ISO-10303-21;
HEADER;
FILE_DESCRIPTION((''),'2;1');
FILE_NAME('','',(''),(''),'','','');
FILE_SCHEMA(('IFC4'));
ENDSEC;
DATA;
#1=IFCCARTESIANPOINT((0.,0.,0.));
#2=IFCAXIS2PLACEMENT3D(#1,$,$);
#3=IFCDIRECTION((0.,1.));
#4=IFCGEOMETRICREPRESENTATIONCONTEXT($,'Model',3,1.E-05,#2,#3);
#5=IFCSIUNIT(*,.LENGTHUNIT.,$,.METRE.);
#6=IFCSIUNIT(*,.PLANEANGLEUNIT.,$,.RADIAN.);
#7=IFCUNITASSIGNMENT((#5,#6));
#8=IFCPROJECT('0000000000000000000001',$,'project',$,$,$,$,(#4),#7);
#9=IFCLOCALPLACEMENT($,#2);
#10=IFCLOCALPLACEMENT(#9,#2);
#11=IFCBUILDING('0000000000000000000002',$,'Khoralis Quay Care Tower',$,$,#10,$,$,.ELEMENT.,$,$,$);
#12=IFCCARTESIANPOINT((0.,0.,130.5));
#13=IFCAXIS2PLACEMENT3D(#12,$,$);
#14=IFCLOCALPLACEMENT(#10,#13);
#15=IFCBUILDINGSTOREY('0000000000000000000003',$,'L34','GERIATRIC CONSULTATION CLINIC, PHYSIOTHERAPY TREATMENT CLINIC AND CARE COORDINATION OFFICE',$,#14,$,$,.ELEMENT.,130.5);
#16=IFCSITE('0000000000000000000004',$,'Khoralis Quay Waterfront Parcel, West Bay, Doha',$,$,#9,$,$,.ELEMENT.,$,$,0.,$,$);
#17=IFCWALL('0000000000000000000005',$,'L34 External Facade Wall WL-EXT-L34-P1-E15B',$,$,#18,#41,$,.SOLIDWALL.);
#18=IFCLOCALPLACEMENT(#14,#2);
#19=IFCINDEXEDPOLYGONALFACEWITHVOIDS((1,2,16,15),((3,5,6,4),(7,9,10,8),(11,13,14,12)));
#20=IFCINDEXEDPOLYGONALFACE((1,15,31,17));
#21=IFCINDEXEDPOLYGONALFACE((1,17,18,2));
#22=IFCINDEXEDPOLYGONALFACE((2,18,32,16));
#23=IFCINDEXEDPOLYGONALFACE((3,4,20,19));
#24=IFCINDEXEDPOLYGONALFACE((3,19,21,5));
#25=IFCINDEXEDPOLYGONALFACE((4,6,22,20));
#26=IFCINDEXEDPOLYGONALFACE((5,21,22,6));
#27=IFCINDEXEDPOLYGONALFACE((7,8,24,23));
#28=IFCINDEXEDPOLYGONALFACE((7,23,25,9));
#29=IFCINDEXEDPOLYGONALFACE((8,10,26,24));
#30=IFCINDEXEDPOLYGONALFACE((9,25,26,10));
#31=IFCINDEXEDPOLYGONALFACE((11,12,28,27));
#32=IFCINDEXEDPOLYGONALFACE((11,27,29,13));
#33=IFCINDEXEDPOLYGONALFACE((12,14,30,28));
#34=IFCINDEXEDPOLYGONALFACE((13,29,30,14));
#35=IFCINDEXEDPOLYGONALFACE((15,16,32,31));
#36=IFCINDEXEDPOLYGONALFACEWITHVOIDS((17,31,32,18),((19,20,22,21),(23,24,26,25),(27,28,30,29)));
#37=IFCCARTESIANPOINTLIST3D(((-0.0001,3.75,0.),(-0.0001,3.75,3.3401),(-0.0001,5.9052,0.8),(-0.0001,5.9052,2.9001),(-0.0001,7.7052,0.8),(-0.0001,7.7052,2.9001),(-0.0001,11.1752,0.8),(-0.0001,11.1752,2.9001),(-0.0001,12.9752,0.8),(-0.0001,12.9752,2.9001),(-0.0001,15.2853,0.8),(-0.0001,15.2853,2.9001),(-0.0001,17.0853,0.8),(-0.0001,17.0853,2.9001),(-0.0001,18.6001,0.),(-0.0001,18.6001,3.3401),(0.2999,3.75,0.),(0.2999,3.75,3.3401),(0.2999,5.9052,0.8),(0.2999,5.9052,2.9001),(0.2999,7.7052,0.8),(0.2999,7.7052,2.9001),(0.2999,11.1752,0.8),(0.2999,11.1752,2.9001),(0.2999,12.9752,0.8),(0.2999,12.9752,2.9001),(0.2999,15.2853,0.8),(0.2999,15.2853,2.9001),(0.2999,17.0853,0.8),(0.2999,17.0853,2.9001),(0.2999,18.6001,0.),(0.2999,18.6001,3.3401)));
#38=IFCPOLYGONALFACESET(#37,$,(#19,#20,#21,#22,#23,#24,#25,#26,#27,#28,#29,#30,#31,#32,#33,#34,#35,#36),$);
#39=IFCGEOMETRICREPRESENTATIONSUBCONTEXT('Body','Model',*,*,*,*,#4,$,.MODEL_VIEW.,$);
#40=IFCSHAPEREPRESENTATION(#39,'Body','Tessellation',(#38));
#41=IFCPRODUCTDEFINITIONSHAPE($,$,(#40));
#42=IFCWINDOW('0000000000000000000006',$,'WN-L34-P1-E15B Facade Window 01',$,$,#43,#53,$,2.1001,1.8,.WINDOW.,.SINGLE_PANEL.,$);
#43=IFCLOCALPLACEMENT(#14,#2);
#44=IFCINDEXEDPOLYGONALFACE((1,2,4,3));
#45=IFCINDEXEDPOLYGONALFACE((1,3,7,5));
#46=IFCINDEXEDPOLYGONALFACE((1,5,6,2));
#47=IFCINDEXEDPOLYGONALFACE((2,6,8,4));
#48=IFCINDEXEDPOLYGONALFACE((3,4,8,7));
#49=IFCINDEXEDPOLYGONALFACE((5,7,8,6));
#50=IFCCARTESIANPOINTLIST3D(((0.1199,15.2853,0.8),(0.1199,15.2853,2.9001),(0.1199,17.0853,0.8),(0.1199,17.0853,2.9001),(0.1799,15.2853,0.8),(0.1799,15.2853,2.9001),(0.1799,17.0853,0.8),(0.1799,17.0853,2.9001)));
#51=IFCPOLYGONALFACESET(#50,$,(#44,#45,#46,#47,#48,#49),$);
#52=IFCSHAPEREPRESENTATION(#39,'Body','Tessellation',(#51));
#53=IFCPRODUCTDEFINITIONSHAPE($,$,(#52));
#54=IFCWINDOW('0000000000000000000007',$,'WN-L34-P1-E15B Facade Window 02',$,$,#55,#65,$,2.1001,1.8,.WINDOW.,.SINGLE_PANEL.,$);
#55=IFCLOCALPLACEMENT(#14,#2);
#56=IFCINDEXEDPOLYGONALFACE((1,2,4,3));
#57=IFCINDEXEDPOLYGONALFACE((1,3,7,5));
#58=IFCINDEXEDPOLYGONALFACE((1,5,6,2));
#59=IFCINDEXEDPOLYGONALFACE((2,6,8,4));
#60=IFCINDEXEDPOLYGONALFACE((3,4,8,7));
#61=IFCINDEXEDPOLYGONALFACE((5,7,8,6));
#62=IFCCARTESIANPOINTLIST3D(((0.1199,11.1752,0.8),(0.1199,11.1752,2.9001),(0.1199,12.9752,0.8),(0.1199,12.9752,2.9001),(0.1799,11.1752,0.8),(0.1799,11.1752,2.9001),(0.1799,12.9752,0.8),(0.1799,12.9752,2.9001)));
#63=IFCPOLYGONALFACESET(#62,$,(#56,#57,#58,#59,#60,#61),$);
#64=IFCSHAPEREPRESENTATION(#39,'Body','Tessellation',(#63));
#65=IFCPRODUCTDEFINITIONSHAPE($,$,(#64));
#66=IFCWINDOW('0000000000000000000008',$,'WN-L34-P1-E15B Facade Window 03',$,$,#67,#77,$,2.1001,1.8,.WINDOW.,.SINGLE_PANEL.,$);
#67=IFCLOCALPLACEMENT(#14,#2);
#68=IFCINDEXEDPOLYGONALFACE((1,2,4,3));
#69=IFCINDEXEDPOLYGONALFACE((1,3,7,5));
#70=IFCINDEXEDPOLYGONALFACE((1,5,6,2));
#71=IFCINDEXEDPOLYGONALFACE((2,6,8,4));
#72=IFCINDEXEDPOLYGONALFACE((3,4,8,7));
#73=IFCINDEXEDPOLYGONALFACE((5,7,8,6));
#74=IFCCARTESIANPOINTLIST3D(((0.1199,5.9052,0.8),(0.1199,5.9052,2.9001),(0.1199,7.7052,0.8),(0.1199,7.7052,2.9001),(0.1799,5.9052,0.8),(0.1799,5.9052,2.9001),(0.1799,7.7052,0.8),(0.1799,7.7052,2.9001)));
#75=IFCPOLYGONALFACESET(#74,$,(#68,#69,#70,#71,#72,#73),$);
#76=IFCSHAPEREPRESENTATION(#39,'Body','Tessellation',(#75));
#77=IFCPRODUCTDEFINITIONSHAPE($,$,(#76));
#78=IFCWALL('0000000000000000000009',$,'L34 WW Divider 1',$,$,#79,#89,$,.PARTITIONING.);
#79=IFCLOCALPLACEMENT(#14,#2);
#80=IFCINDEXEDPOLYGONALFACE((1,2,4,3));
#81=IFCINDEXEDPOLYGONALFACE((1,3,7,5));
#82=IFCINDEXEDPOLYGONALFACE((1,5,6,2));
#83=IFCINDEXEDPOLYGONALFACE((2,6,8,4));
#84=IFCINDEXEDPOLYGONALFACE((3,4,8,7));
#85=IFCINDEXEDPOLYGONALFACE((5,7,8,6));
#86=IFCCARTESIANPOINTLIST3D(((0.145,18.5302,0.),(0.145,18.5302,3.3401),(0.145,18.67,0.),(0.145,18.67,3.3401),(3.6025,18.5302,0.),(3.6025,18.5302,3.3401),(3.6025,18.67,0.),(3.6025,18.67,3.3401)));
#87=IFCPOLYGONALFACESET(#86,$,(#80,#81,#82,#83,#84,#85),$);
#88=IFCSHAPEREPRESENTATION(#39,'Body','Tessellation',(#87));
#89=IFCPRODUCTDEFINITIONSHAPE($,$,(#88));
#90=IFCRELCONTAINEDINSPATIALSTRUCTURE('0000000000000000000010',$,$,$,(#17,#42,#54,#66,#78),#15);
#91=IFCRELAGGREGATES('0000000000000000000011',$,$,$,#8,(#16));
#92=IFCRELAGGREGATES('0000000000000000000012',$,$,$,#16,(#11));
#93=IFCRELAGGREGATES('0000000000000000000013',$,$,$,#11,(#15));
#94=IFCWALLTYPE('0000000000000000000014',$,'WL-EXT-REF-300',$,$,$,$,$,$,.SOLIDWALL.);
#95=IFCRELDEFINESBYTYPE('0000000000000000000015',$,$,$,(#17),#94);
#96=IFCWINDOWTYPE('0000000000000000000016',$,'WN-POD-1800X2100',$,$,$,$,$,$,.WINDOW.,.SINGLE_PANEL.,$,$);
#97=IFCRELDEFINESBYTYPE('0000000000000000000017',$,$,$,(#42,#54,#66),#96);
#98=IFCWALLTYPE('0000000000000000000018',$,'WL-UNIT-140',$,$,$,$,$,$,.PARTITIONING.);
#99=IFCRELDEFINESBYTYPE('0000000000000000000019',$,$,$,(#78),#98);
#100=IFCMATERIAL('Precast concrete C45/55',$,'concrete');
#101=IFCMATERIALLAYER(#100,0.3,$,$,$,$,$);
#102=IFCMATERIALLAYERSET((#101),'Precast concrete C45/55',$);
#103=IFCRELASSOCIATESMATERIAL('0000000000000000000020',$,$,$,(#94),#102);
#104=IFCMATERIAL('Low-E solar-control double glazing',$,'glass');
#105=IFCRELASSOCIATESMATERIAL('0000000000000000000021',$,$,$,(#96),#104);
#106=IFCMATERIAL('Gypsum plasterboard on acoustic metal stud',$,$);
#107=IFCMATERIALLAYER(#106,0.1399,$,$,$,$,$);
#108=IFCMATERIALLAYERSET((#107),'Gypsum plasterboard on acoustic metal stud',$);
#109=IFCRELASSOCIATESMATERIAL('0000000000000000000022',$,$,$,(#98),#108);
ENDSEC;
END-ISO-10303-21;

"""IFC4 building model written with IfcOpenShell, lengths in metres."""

from ifc_helpers import new_model, si_unit, direction, frame, frame_2d, origin, place, context, subcontext, project, spatial, rectangle, extrude, source, transform, mapped, material, layer, layer_set, type_object, element, fill, save


model = new_model("IFC4")

# Units and contexts
model_context = context("Model", 3, precision=1e-05, world=origin(), true_north=direction((0.0, 1.0)))
body_context = subcontext(model_context, "Body", "Model", "MODEL_VIEW")
ifc_project = project(units=[si_unit("LENGTHUNIT", "METRE"), si_unit("PLANEANGLEUNIT", "RADIAN")], contexts=[model_context])

# Site, building, storey
site_placement = place(None, origin())
site = spatial("IfcSite", under=ifc_project, at=site_placement, Name="Khoralis Quay Waterfront Parcel, West Bay, Doha", CompositionType="ELEMENT", RefElevation=0.0)
building_placement = place(site_placement, origin())
building = spatial("IfcBuilding", under=site, at=building_placement, Name="Khoralis Quay Care Tower", CompositionType="ELEMENT")
storey_placement = place(building_placement, frame((0.0, 0.0, 130.5)))
storey = spatial("IfcBuildingStorey", under=building, at=storey_placement, Name="L34", Description="GERIATRIC CONSULTATION CLINIC, PHYSIOTHERAPY TREATMENT CLINIC AND CARE COORDINATION OFFICE", CompositionType="ELEMENT", Elevation=130.5)

# Shared definitions
ifc_material_1 = material(Name="Gypsum plasterboard on acoustic metal stud")

# Wall, openings, windows
ifc_material_2 = material(Name="Precast concrete C45/55", Category="concrete")
ifc_layer_1 = layer(ifc_material_2, 0.3)
ifc_layer_set_1 = layer_set([ifc_layer_1], Name="Precast concrete C45/55")
wall_type_1 = type_object("IfcWallType", Name="WL-EXT-REF-300", PredefinedType="SOLIDWALL", material=ifc_layer_set_1)
wall_1_placement = place(storey_placement, frame((0.1499, 18.6001, 0.0), z_axis=(0.0, 0.0, 1.0), x_axis=(0.0, -1.0, 0.0)))
wall_1 = element("IfcWall", 1, at=wall_1_placement, inside=storey, type_object=wall_type_1, Name="L34 External Facade Wall WL-EXT-L34-P1-E15B", PredefinedType="SOLIDWALL", context=body_context, shape_type="SweptSolid", body=[
    extrude(rectangle(XDim=14.8501, YDim=0.3, at=frame_2d((7.425, 0.0))), origin(), (0.0, 0.0, 1.0), 3.3401),
])
opening_1_placement = place(wall_1_placement, frame((1.5149, 0.0, 0.8)))
opening_1 = element("IfcOpeningElement", 2, at=opening_1_placement, cuts=wall_1, PredefinedType="OPENING", context=body_context, shape_type="SweptSolid", body=[
    extrude(rectangle(XDim=1.8, YDim=2.1001, at=frame_2d((0.8999, 1.05))), frame((0.0, 0.1602, 0.0), z_axis=(0.0, -1.0, 0.0), x_axis=(1.0, 0.0, 0.0)), (0.0, 0.0, 1.0), 0.3201),
])
opening_2_placement = place(wall_1_placement, frame((5.625, 0.0, 0.8)))
opening_2 = element("IfcOpeningElement", 3, at=opening_2_placement, cuts=wall_1, PredefinedType="OPENING", context=body_context, shape_type="SweptSolid", body=[
    extrude(rectangle(XDim=1.8, YDim=2.1001, at=frame_2d((0.8999, 1.05))), frame((0.0, 0.1602, 0.0), z_axis=(0.0, -1.0, 0.0), x_axis=(1.0, 0.0, 0.0)), (0.0, 0.0, 1.0), 0.3201),
])
opening_3_placement = place(wall_1_placement, frame((10.895, 0.0, 0.8)))
opening_3 = element("IfcOpeningElement", 4, at=opening_3_placement, cuts=wall_1, PredefinedType="OPENING", context=body_context, shape_type="SweptSolid", body=[
    extrude(rectangle(XDim=1.8, YDim=2.1001, at=frame_2d((0.8999, 1.05))), frame((0.0, 0.1602, 0.0), z_axis=(0.0, -1.0, 0.0), x_axis=(1.0, 0.0, 0.0)), (0.0, 0.0, 1.0), 0.3201),
])
ifc_material_3 = material(Name="Low-E solar-control double glazing", Category="glass")
window_type = type_object("IfcWindowType", Name="WN-POD-1800X2100", PartitioningType="SINGLE_PANEL", PredefinedType="WINDOW", material=ifc_material_3)
shared_shape_1 = source(origin(), body_context, "Body", "SweptSolid", [
    extrude(rectangle(XDim=1.8, YDim=2.1001, at=frame_2d((0.8999, 1.05))), frame((0.0, 0.03, 0.0), z_axis=(0.0, -1.0, 0.0), x_axis=(1.0, 0.0, 0.0)), (0.0, 0.0, 1.0), 0.0601),
])
window_1_placement = place(opening_1_placement, origin())
window_1 = element("IfcWindow", 5, at=window_1_placement, inside=storey, type_object=window_type, Name="WN-L34-P1-E15B Facade Window 01", OverallHeight=2.1001, OverallWidth=1.8, PartitioningType="SINGLE_PANEL", PredefinedType="WINDOW", context=body_context, shape_type="MappedRepresentation", body=[
    mapped(shared_shape_1, transform((0.0, 0.0, 0.0), scale=1.0)),
])
fill(opening_1, window_1)
window_2_placement = place(opening_2_placement, origin())
window_2 = element("IfcWindow", 6, at=window_2_placement, inside=storey, type_object=window_type, Name="WN-L34-P1-E15B Facade Window 02", OverallHeight=2.1001, OverallWidth=1.8, PartitioningType="SINGLE_PANEL", PredefinedType="WINDOW", context=body_context, shape_type="MappedRepresentation", body=[
    mapped(shared_shape_1, transform((0.0, 0.0, 0.0), scale=1.0)),
])
fill(opening_2, window_2)
window_3_placement = place(opening_3_placement, origin())
window_3 = element("IfcWindow", 7, at=window_3_placement, inside=storey, type_object=window_type, Name="WN-L34-P1-E15B Facade Window 03", OverallHeight=2.1001, OverallWidth=1.8, PartitioningType="SINGLE_PANEL", PredefinedType="WINDOW", context=body_context, shape_type="MappedRepresentation", body=[
    mapped(shared_shape_1, transform((0.0, 0.0, 0.0), scale=1.0)),
])
fill(opening_3, window_3)

# Wall
ifc_layer_2 = layer(ifc_material_1, 0.1399)
ifc_layer_set_2 = layer_set([ifc_layer_2], Name="Gypsum plasterboard on acoustic metal stud")
wall_type_2 = type_object("IfcWallType", Name="WL-UNIT-140", PredefinedType="PARTITIONING", material=ifc_layer_set_2)
wall_2_placement = place(storey_placement, frame((0.145, 18.6001, 0.0), z_axis=(0.0, 0.0, 1.0), x_axis=(1.0, 0.0, 0.0)))
element("IfcWall", 8, at=wall_2_placement, inside=storey, type_object=wall_type_2, Name="L34 WW Divider 1", PredefinedType="PARTITIONING", context=body_context, shape_type="SweptSolid", body=[
    extrude(rectangle(XDim=3.4575, YDim=0.1399, at=frame_2d((1.7288, 0.0))), origin(), (0.0, 0.0, 1.0), 3.3401),
])

save(model, "model.ifc")
